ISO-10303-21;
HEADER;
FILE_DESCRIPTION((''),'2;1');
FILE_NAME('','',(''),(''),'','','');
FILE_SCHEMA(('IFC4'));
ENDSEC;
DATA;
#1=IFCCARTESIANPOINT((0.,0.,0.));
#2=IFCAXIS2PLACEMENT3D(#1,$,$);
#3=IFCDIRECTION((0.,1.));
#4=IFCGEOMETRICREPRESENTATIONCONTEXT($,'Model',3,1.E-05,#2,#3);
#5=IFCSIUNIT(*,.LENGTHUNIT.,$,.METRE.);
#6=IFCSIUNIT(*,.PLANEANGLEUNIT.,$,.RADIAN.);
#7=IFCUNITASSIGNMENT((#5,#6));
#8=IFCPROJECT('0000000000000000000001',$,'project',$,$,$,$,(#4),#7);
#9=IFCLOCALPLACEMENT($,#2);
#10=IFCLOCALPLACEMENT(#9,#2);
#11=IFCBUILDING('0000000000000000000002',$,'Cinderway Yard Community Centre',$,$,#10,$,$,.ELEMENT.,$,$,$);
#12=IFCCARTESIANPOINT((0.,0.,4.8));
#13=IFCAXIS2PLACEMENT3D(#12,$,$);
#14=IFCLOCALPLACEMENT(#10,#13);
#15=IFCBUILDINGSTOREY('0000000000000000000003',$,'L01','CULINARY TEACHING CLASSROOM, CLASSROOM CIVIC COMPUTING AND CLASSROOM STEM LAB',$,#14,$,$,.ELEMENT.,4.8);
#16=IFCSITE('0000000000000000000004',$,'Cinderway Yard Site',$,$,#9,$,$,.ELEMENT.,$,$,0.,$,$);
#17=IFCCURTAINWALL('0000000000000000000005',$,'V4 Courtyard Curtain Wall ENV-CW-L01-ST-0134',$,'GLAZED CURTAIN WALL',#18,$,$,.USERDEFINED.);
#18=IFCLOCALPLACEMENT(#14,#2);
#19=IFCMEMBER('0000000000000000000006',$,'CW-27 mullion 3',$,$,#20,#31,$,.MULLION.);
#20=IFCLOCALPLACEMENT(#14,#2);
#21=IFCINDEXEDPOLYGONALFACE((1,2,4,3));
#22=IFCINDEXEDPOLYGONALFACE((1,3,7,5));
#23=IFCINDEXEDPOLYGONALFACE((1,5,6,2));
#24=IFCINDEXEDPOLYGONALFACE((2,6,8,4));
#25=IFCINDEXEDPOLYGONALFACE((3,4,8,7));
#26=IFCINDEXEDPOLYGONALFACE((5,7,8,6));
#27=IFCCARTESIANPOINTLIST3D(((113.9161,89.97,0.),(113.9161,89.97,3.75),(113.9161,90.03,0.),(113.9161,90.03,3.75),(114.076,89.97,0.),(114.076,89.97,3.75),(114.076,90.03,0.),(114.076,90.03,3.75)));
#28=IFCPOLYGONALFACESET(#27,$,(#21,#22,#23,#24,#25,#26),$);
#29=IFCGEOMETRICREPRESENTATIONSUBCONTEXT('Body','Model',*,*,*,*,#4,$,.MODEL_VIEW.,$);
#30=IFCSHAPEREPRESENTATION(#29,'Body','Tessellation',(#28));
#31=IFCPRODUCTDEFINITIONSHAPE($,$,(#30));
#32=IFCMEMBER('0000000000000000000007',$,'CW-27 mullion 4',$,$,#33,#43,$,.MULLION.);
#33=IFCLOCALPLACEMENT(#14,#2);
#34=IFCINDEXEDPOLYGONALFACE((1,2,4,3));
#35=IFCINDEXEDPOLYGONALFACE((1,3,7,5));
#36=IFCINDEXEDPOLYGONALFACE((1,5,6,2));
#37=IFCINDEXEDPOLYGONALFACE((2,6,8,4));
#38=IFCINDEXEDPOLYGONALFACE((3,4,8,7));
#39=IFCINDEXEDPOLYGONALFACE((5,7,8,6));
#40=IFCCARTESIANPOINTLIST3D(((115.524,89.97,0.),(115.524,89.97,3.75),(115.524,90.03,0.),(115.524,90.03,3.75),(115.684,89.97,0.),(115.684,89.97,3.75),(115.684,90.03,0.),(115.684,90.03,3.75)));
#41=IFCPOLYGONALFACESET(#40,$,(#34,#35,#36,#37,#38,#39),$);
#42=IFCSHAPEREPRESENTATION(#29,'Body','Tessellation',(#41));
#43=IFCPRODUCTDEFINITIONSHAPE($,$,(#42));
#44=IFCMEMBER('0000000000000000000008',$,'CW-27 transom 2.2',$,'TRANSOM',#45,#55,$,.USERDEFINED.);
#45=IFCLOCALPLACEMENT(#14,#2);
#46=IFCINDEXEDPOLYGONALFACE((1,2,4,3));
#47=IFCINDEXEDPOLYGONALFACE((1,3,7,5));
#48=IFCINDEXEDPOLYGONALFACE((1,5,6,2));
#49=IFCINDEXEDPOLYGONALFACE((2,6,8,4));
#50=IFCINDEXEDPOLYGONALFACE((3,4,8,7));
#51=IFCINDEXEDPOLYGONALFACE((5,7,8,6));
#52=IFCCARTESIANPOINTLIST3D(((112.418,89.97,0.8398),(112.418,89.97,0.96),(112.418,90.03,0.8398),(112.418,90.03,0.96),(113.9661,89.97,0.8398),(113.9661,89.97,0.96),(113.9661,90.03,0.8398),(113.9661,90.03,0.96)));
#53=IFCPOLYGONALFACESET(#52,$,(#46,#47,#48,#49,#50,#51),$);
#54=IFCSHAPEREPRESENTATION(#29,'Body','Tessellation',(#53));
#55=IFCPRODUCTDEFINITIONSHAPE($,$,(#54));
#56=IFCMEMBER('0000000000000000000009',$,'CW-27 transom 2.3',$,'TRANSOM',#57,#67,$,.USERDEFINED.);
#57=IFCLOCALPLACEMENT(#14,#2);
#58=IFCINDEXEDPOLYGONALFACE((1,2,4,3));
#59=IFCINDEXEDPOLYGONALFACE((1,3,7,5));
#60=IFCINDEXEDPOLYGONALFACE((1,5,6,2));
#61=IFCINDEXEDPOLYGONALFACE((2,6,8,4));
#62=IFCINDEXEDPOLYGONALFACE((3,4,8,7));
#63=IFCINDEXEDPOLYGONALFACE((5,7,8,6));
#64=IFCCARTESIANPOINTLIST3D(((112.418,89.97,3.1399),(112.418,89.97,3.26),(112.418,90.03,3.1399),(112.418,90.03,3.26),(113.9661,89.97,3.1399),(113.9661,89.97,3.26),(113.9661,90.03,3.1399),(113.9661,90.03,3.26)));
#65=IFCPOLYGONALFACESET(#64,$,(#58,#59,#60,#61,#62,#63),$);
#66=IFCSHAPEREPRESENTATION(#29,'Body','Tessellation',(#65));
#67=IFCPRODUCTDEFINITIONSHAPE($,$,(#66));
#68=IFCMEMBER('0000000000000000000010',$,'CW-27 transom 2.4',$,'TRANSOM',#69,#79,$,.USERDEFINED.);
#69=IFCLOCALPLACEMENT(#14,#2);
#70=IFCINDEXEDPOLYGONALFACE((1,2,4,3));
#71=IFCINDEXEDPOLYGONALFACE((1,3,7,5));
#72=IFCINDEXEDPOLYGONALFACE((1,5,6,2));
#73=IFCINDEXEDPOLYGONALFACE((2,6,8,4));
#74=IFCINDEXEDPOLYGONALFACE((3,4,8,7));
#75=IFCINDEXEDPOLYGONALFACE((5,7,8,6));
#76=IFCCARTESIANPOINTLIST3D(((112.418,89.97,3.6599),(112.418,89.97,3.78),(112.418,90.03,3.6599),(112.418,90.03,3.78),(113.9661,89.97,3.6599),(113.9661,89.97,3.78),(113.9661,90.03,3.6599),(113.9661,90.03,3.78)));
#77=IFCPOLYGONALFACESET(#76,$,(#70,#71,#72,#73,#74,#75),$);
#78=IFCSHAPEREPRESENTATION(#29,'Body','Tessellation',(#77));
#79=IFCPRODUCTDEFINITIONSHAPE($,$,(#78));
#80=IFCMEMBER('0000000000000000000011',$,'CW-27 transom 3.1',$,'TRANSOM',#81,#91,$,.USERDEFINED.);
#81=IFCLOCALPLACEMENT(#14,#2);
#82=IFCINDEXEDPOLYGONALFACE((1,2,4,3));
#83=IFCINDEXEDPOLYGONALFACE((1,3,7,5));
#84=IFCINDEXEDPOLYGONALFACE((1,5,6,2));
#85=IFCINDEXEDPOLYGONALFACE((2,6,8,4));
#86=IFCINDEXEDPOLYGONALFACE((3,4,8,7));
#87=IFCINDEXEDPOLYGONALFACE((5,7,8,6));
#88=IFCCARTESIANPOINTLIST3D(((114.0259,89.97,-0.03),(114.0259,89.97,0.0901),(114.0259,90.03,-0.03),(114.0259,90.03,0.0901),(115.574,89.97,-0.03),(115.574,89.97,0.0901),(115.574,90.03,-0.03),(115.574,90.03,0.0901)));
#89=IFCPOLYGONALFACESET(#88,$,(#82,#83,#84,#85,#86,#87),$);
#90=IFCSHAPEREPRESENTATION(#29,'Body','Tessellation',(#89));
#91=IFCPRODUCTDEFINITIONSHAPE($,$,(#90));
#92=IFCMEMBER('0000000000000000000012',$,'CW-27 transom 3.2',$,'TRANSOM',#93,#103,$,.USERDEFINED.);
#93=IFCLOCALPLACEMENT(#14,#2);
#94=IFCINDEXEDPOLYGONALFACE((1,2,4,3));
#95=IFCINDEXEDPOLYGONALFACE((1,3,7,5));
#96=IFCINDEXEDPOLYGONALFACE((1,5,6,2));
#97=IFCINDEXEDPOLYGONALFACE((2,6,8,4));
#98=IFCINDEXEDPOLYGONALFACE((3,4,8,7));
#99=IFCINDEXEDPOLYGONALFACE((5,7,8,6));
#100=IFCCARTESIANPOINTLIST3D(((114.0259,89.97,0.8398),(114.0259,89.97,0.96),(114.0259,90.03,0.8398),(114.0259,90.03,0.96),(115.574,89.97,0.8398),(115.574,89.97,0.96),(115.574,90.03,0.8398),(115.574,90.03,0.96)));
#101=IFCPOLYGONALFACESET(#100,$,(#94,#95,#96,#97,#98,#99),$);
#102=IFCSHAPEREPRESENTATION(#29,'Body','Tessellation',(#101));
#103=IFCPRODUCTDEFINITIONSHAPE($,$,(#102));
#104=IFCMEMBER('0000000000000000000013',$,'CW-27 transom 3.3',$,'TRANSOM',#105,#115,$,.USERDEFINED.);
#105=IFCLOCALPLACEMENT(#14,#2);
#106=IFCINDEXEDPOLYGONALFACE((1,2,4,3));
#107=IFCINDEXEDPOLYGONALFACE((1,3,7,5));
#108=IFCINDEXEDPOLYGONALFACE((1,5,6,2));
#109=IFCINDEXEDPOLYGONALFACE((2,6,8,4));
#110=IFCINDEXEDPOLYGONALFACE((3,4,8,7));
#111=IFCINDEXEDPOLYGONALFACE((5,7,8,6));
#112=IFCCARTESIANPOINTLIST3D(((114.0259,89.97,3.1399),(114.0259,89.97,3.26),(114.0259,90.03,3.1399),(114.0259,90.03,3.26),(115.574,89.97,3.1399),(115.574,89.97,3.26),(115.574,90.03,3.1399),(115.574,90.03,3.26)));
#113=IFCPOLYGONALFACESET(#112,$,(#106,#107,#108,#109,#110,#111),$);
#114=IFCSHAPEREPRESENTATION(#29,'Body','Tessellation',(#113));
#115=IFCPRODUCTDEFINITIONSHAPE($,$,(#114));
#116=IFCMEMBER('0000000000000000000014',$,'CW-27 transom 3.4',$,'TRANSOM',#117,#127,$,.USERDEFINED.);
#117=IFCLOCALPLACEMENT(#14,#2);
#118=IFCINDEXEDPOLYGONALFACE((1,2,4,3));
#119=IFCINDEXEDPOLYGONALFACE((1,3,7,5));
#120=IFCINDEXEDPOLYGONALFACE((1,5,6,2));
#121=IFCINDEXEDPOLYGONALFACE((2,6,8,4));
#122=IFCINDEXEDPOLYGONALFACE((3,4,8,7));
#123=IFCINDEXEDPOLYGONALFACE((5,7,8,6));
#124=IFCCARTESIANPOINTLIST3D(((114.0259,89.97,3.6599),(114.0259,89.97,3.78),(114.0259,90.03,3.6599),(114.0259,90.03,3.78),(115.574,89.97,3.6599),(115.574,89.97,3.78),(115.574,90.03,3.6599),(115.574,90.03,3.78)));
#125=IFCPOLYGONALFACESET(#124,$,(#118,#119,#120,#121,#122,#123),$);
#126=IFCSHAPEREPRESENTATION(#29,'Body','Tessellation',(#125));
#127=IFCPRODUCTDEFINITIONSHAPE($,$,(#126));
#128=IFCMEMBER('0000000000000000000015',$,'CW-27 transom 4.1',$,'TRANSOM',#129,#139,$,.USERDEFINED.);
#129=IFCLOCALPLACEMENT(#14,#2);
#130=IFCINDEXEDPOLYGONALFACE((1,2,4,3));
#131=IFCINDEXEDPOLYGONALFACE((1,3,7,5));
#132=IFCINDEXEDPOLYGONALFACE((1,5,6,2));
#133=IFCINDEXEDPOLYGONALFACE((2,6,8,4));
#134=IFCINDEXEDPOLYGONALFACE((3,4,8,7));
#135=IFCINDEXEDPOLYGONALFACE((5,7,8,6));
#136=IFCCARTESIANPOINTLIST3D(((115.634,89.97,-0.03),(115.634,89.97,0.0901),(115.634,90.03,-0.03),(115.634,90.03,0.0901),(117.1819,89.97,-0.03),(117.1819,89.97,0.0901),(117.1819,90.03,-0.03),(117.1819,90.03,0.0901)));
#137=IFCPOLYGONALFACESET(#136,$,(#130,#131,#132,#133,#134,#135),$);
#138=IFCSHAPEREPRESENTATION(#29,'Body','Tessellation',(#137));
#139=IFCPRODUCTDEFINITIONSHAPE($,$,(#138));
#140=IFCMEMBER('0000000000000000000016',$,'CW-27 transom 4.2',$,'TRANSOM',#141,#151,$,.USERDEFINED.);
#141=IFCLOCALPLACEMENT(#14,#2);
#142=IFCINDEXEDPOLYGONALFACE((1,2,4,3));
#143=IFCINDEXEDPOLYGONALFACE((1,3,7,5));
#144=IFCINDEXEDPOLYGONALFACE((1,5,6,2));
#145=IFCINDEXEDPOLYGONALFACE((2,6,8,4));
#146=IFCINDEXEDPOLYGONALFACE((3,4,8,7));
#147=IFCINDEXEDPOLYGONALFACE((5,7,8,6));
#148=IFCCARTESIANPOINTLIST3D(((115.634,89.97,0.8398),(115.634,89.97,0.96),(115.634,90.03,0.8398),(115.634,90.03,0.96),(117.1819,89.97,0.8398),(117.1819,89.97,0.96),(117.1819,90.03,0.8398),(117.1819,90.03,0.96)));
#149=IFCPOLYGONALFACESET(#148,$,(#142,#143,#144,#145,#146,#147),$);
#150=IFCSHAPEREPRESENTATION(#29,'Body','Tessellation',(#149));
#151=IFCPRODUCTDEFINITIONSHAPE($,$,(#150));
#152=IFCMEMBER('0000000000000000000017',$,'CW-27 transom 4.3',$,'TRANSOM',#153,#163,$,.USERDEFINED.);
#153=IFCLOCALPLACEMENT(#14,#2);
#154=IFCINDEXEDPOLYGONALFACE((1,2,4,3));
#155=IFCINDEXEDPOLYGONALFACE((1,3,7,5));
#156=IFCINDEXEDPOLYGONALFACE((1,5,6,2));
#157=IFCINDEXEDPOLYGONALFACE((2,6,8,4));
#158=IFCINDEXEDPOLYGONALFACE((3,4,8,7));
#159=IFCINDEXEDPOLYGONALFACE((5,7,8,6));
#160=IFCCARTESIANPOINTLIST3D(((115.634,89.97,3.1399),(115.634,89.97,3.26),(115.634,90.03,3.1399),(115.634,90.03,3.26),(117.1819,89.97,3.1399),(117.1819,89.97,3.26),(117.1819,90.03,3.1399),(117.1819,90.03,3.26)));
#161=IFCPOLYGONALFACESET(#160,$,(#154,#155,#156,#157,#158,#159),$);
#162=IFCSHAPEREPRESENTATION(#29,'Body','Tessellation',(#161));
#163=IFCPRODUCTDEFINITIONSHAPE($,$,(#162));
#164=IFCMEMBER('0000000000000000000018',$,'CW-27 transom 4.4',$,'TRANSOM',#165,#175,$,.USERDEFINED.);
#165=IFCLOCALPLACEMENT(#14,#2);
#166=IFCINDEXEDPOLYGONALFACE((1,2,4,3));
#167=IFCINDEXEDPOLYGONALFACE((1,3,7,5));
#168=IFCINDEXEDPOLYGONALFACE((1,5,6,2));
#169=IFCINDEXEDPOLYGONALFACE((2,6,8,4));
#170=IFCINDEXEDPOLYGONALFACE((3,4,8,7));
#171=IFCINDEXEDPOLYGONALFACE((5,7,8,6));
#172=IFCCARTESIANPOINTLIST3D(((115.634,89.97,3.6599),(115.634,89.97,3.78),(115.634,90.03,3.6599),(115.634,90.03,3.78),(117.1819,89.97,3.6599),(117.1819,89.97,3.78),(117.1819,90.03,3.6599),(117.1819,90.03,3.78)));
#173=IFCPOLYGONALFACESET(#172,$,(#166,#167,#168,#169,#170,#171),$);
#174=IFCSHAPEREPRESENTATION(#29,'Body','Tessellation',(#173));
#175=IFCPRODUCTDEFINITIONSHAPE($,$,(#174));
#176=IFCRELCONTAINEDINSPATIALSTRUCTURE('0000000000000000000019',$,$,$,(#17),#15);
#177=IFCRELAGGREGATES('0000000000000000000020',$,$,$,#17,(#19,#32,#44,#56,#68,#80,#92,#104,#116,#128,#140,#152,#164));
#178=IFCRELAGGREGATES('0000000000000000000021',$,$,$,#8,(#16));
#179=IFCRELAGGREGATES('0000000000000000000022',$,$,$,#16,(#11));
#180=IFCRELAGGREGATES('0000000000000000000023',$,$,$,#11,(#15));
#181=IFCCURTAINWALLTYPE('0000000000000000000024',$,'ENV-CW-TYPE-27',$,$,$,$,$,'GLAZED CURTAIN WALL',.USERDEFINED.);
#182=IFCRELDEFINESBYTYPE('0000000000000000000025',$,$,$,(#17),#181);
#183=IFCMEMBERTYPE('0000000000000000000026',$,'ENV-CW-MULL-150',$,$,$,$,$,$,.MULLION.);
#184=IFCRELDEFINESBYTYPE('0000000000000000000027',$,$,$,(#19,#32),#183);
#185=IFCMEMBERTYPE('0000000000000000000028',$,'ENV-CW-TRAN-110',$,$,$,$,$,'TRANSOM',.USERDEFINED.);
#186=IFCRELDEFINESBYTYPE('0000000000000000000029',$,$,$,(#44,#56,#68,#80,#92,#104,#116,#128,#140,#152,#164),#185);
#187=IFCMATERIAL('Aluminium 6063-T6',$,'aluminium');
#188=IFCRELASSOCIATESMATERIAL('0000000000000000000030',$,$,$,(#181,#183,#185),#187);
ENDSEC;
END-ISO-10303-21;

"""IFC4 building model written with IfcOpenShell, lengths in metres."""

from ifc_helpers import new_model, si_unit, direction, frame, origin, origin_2d, place, context, subcontext, project, spatial, rectangle, extrude, material, material_profile, profile_set, type_object, element, aggregate, save


model = new_model("IFC4")

# Units and contexts
model_context = context("Model", 3, precision=1e-05, world=origin(), true_north=direction((0.0, 1.0)))
body_context = subcontext(model_context, "Body", "Model", "MODEL_VIEW")
ifc_project = project(units=[si_unit("LENGTHUNIT", "METRE"), si_unit("PLANEANGLEUNIT", "RADIAN")], contexts=[model_context])

# Site, building, storey
site_placement = place(None, origin())
site = spatial("IfcSite", under=ifc_project, at=site_placement, Name="Cinderway Yard Site", CompositionType="ELEMENT", RefElevation=0.0)
building_placement = place(site_placement, origin())
building = spatial("IfcBuilding", under=site, at=building_placement, Name="Cinderway Yard Community Centre", CompositionType="ELEMENT")
storey_placement = place(building_placement, frame((0.0, 0.0, 4.8)))
storey = spatial("IfcBuildingStorey", under=building, at=storey_placement, Name="L01", Description="CULINARY TEACHING CLASSROOM, CLASSROOM CIVIC COMPUTING AND CLASSROOM STEM LAB", CompositionType="ELEMENT", Elevation=4.8)

# Curtain wall, members
ifc_material_1 = material(Name="Aluminium 6063-T6", Category="aluminium")
curtain_wall_type = type_object("IfcCurtainWallType", Name="ENV-CW-TYPE-27", ElementType="GLAZED CURTAIN WALL", PredefinedType="USERDEFINED", material=ifc_material_1)
curtain_wall_placement = place(storey_placement, origin())
curtain_wall = element("IfcCurtainWall", 1, at=curtain_wall_placement, inside=storey, type_object=curtain_wall_type, Name="V4 Courtyard Curtain Wall ENV-CW-L01-ST-0134", ObjectType="GLAZED CURTAIN WALL", PredefinedType="USERDEFINED")
ifc_material_profile_1 = material_profile(ifc_material_1, rectangle(XDim=0.0601, YDim=0.1599, at=origin_2d()), Name="Aluminium 6063-T6")
ifc_profile_set_1 = profile_set([ifc_material_profile_1], Name="Aluminium 6063-T6")
member_type_1 = type_object("IfcMemberType", Name="ENV-CW-MULL-150", PredefinedType="MULLION", material=ifc_profile_set_1)
member_1_placement = place(storey_placement, frame((113.9961, 90.0, 0.0), z_axis=(0.0, 0.0, 1.0), x_axis=(0.0, 1.0, 0.0)))
member_1 = element("IfcMember", 2, at=member_1_placement, type_object=member_type_1, Name="CW-27 mullion 3", PredefinedType="MULLION", context=body_context, shape_type="SweptSolid", body=[
    extrude(rectangle(XDim=0.0601, YDim=0.1599, at=origin_2d()), origin(), (0.0, 0.0, 1.0), 3.75),
])
member_2_placement = place(storey_placement, frame((115.604, 90.0, 0.0), z_axis=(0.0, 0.0, 1.0), x_axis=(0.0, 1.0, 0.0)))
member_2 = element("IfcMember", 3, at=member_2_placement, type_object=member_type_1, Name="CW-27 mullion 4", PredefinedType="MULLION", context=body_context, shape_type="SweptSolid", body=[
    extrude(rectangle(XDim=0.0601, YDim=0.1599, at=origin_2d()), origin(), (0.0, 0.0, 1.0), 3.75),
])
ifc_material_profile_2 = material_profile(ifc_material_1, rectangle(XDim=0.0601, YDim=0.1201, at=origin_2d()), Name="Aluminium 6063-T6")
ifc_profile_set_2 = profile_set([ifc_material_profile_2], Name="Aluminium 6063-T6")
member_type_2 = type_object("IfcMemberType", Name="ENV-CW-TRAN-110", ElementType="TRANSOM", PredefinedType="USERDEFINED", material=ifc_profile_set_2)
member_3_placement = place(storey_placement, frame((112.418, 90.0, 0.8999), z_axis=(1.0, 0.0, 0.0), x_axis=(0.0, 1.0, 0.0)))
member_3 = element("IfcMember", 4, at=member_3_placement, type_object=member_type_2, Name="CW-27 transom 2.2", ObjectType="TRANSOM", PredefinedType="USERDEFINED", context=body_context, shape_type="SweptSolid", body=[
    extrude(rectangle(XDim=0.0601, YDim=0.1201, at=origin_2d()), origin(), (0.0, 0.0, 1.0), 1.5481),
])
member_4_placement = place(storey_placement, frame((112.418, 90.0, 3.2), z_axis=(1.0, 0.0, 0.0), x_axis=(0.0, 1.0, 0.0)))
member_4 = element("IfcMember", 5, at=member_4_placement, type_object=member_type_2, Name="CW-27 transom 2.3", ObjectType="TRANSOM", PredefinedType="USERDEFINED", context=body_context, shape_type="SweptSolid", body=[
    extrude(rectangle(XDim=0.0601, YDim=0.1201, at=origin_2d()), origin(), (0.0, 0.0, 1.0), 1.5481),
])
member_5_placement = place(storey_placement, frame((112.418, 90.0, 3.72), z_axis=(1.0, 0.0, 0.0), x_axis=(0.0, 1.0, 0.0)))
member_5 = element("IfcMember", 6, at=member_5_placement, type_object=member_type_2, Name="CW-27 transom 2.4", ObjectType="TRANSOM", PredefinedType="USERDEFINED", context=body_context, shape_type="SweptSolid", body=[
    extrude(rectangle(XDim=0.0601, YDim=0.1201, at=origin_2d()), origin(), (0.0, 0.0, 1.0), 1.5481),
])
member_6_placement = place(storey_placement, frame((114.0259, 90.0, 0.03), z_axis=(1.0, 0.0, 0.0), x_axis=(0.0, 1.0, 0.0)))
member_6 = element("IfcMember", 7, at=member_6_placement, type_object=member_type_2, Name="CW-27 transom 3.1", ObjectType="TRANSOM", PredefinedType="USERDEFINED", context=body_context, shape_type="SweptSolid", body=[
    extrude(rectangle(XDim=0.0601, YDim=0.1201, at=origin_2d()), origin(), (0.0, 0.0, 1.0), 1.5481),
])
member_7_placement = place(storey_placement, frame((114.0259, 90.0, 0.8999), z_axis=(1.0, 0.0, 0.0), x_axis=(0.0, 1.0, 0.0)))
member_7 = element("IfcMember", 8, at=member_7_placement, type_object=member_type_2, Name="CW-27 transom 3.2", ObjectType="TRANSOM", PredefinedType="USERDEFINED", context=body_context, shape_type="SweptSolid", body=[
    extrude(rectangle(XDim=0.0601, YDim=0.1201, at=origin_2d()), origin(), (0.0, 0.0, 1.0), 1.5481),
])
member_8_placement = place(storey_placement, frame((114.0259, 90.0, 3.2), z_axis=(1.0, 0.0, 0.0), x_axis=(0.0, 1.0, 0.0)))
member_8 = element("IfcMember", 9, at=member_8_placement, type_object=member_type_2, Name="CW-27 transom 3.3", ObjectType="TRANSOM", PredefinedType="USERDEFINED", context=body_context, shape_type="SweptSolid", body=[
    extrude(rectangle(XDim=0.0601, YDim=0.1201, at=origin_2d()), origin(), (0.0, 0.0, 1.0), 1.5481),
])
member_9_placement = place(storey_placement, frame((114.0259, 90.0, 3.72), z_axis=(1.0, 0.0, 0.0), x_axis=(0.0, 1.0, 0.0)))
member_9 = element("IfcMember", 10, at=member_9_placement, type_object=member_type_2, Name="CW-27 transom 3.4", ObjectType="TRANSOM", PredefinedType="USERDEFINED", context=body_context, shape_type="SweptSolid", body=[
    extrude(rectangle(XDim=0.0601, YDim=0.1201, at=origin_2d()), origin(), (0.0, 0.0, 1.0), 1.5481),
])
member_10_placement = place(storey_placement, frame((115.634, 90.0, 0.03), z_axis=(1.0, 0.0, 0.0), x_axis=(0.0, 1.0, 0.0)))
member_10 = element("IfcMember", 11, at=member_10_placement, type_object=member_type_2, Name="CW-27 transom 4.1", ObjectType="TRANSOM", PredefinedType="USERDEFINED", context=body_context, shape_type="SweptSolid", body=[
    extrude(rectangle(XDim=0.0601, YDim=0.1201, at=origin_2d()), origin(), (0.0, 0.0, 1.0), 1.5479),
])
member_11_placement = place(storey_placement, frame((115.634, 90.0, 0.8999), z_axis=(1.0, 0.0, 0.0), x_axis=(0.0, 1.0, 0.0)))
member_11 = element("IfcMember", 12, at=member_11_placement, type_object=member_type_2, Name="CW-27 transom 4.2", ObjectType="TRANSOM", PredefinedType="USERDEFINED", context=body_context, shape_type="SweptSolid", body=[
    extrude(rectangle(XDim=0.0601, YDim=0.1201, at=origin_2d()), origin(), (0.0, 0.0, 1.0), 1.5479),
])
member_12_placement = place(storey_placement, frame((115.634, 90.0, 3.2), z_axis=(1.0, 0.0, 0.0), x_axis=(0.0, 1.0, 0.0)))
member_12 = element("IfcMember", 13, at=member_12_placement, type_object=member_type_2, Name="CW-27 transom 4.3", ObjectType="TRANSOM", PredefinedType="USERDEFINED", context=body_context, shape_type="SweptSolid", body=[
    extrude(rectangle(XDim=0.0601, YDim=0.1201, at=origin_2d()), origin(), (0.0, 0.0, 1.0), 1.5479),
])
member_13_placement = place(storey_placement, frame((115.634, 90.0, 3.72), z_axis=(1.0, 0.0, 0.0), x_axis=(0.0, 1.0, 0.0)))
member_13 = element("IfcMember", 14, at=member_13_placement, type_object=member_type_2, Name="CW-27 transom 4.4", ObjectType="TRANSOM", PredefinedType="USERDEFINED", context=body_context, shape_type="SweptSolid", body=[
    extrude(rectangle(XDim=0.0601, YDim=0.1201, at=origin_2d()), origin(), (0.0, 0.0, 1.0), 1.5479),
])

aggregate(curtain_wall, [member_1, member_2, member_3, member_4, member_5, member_6, member_7, member_8, member_9, member_10, member_11, member_12, member_13])

save(model, "model.ifc")
